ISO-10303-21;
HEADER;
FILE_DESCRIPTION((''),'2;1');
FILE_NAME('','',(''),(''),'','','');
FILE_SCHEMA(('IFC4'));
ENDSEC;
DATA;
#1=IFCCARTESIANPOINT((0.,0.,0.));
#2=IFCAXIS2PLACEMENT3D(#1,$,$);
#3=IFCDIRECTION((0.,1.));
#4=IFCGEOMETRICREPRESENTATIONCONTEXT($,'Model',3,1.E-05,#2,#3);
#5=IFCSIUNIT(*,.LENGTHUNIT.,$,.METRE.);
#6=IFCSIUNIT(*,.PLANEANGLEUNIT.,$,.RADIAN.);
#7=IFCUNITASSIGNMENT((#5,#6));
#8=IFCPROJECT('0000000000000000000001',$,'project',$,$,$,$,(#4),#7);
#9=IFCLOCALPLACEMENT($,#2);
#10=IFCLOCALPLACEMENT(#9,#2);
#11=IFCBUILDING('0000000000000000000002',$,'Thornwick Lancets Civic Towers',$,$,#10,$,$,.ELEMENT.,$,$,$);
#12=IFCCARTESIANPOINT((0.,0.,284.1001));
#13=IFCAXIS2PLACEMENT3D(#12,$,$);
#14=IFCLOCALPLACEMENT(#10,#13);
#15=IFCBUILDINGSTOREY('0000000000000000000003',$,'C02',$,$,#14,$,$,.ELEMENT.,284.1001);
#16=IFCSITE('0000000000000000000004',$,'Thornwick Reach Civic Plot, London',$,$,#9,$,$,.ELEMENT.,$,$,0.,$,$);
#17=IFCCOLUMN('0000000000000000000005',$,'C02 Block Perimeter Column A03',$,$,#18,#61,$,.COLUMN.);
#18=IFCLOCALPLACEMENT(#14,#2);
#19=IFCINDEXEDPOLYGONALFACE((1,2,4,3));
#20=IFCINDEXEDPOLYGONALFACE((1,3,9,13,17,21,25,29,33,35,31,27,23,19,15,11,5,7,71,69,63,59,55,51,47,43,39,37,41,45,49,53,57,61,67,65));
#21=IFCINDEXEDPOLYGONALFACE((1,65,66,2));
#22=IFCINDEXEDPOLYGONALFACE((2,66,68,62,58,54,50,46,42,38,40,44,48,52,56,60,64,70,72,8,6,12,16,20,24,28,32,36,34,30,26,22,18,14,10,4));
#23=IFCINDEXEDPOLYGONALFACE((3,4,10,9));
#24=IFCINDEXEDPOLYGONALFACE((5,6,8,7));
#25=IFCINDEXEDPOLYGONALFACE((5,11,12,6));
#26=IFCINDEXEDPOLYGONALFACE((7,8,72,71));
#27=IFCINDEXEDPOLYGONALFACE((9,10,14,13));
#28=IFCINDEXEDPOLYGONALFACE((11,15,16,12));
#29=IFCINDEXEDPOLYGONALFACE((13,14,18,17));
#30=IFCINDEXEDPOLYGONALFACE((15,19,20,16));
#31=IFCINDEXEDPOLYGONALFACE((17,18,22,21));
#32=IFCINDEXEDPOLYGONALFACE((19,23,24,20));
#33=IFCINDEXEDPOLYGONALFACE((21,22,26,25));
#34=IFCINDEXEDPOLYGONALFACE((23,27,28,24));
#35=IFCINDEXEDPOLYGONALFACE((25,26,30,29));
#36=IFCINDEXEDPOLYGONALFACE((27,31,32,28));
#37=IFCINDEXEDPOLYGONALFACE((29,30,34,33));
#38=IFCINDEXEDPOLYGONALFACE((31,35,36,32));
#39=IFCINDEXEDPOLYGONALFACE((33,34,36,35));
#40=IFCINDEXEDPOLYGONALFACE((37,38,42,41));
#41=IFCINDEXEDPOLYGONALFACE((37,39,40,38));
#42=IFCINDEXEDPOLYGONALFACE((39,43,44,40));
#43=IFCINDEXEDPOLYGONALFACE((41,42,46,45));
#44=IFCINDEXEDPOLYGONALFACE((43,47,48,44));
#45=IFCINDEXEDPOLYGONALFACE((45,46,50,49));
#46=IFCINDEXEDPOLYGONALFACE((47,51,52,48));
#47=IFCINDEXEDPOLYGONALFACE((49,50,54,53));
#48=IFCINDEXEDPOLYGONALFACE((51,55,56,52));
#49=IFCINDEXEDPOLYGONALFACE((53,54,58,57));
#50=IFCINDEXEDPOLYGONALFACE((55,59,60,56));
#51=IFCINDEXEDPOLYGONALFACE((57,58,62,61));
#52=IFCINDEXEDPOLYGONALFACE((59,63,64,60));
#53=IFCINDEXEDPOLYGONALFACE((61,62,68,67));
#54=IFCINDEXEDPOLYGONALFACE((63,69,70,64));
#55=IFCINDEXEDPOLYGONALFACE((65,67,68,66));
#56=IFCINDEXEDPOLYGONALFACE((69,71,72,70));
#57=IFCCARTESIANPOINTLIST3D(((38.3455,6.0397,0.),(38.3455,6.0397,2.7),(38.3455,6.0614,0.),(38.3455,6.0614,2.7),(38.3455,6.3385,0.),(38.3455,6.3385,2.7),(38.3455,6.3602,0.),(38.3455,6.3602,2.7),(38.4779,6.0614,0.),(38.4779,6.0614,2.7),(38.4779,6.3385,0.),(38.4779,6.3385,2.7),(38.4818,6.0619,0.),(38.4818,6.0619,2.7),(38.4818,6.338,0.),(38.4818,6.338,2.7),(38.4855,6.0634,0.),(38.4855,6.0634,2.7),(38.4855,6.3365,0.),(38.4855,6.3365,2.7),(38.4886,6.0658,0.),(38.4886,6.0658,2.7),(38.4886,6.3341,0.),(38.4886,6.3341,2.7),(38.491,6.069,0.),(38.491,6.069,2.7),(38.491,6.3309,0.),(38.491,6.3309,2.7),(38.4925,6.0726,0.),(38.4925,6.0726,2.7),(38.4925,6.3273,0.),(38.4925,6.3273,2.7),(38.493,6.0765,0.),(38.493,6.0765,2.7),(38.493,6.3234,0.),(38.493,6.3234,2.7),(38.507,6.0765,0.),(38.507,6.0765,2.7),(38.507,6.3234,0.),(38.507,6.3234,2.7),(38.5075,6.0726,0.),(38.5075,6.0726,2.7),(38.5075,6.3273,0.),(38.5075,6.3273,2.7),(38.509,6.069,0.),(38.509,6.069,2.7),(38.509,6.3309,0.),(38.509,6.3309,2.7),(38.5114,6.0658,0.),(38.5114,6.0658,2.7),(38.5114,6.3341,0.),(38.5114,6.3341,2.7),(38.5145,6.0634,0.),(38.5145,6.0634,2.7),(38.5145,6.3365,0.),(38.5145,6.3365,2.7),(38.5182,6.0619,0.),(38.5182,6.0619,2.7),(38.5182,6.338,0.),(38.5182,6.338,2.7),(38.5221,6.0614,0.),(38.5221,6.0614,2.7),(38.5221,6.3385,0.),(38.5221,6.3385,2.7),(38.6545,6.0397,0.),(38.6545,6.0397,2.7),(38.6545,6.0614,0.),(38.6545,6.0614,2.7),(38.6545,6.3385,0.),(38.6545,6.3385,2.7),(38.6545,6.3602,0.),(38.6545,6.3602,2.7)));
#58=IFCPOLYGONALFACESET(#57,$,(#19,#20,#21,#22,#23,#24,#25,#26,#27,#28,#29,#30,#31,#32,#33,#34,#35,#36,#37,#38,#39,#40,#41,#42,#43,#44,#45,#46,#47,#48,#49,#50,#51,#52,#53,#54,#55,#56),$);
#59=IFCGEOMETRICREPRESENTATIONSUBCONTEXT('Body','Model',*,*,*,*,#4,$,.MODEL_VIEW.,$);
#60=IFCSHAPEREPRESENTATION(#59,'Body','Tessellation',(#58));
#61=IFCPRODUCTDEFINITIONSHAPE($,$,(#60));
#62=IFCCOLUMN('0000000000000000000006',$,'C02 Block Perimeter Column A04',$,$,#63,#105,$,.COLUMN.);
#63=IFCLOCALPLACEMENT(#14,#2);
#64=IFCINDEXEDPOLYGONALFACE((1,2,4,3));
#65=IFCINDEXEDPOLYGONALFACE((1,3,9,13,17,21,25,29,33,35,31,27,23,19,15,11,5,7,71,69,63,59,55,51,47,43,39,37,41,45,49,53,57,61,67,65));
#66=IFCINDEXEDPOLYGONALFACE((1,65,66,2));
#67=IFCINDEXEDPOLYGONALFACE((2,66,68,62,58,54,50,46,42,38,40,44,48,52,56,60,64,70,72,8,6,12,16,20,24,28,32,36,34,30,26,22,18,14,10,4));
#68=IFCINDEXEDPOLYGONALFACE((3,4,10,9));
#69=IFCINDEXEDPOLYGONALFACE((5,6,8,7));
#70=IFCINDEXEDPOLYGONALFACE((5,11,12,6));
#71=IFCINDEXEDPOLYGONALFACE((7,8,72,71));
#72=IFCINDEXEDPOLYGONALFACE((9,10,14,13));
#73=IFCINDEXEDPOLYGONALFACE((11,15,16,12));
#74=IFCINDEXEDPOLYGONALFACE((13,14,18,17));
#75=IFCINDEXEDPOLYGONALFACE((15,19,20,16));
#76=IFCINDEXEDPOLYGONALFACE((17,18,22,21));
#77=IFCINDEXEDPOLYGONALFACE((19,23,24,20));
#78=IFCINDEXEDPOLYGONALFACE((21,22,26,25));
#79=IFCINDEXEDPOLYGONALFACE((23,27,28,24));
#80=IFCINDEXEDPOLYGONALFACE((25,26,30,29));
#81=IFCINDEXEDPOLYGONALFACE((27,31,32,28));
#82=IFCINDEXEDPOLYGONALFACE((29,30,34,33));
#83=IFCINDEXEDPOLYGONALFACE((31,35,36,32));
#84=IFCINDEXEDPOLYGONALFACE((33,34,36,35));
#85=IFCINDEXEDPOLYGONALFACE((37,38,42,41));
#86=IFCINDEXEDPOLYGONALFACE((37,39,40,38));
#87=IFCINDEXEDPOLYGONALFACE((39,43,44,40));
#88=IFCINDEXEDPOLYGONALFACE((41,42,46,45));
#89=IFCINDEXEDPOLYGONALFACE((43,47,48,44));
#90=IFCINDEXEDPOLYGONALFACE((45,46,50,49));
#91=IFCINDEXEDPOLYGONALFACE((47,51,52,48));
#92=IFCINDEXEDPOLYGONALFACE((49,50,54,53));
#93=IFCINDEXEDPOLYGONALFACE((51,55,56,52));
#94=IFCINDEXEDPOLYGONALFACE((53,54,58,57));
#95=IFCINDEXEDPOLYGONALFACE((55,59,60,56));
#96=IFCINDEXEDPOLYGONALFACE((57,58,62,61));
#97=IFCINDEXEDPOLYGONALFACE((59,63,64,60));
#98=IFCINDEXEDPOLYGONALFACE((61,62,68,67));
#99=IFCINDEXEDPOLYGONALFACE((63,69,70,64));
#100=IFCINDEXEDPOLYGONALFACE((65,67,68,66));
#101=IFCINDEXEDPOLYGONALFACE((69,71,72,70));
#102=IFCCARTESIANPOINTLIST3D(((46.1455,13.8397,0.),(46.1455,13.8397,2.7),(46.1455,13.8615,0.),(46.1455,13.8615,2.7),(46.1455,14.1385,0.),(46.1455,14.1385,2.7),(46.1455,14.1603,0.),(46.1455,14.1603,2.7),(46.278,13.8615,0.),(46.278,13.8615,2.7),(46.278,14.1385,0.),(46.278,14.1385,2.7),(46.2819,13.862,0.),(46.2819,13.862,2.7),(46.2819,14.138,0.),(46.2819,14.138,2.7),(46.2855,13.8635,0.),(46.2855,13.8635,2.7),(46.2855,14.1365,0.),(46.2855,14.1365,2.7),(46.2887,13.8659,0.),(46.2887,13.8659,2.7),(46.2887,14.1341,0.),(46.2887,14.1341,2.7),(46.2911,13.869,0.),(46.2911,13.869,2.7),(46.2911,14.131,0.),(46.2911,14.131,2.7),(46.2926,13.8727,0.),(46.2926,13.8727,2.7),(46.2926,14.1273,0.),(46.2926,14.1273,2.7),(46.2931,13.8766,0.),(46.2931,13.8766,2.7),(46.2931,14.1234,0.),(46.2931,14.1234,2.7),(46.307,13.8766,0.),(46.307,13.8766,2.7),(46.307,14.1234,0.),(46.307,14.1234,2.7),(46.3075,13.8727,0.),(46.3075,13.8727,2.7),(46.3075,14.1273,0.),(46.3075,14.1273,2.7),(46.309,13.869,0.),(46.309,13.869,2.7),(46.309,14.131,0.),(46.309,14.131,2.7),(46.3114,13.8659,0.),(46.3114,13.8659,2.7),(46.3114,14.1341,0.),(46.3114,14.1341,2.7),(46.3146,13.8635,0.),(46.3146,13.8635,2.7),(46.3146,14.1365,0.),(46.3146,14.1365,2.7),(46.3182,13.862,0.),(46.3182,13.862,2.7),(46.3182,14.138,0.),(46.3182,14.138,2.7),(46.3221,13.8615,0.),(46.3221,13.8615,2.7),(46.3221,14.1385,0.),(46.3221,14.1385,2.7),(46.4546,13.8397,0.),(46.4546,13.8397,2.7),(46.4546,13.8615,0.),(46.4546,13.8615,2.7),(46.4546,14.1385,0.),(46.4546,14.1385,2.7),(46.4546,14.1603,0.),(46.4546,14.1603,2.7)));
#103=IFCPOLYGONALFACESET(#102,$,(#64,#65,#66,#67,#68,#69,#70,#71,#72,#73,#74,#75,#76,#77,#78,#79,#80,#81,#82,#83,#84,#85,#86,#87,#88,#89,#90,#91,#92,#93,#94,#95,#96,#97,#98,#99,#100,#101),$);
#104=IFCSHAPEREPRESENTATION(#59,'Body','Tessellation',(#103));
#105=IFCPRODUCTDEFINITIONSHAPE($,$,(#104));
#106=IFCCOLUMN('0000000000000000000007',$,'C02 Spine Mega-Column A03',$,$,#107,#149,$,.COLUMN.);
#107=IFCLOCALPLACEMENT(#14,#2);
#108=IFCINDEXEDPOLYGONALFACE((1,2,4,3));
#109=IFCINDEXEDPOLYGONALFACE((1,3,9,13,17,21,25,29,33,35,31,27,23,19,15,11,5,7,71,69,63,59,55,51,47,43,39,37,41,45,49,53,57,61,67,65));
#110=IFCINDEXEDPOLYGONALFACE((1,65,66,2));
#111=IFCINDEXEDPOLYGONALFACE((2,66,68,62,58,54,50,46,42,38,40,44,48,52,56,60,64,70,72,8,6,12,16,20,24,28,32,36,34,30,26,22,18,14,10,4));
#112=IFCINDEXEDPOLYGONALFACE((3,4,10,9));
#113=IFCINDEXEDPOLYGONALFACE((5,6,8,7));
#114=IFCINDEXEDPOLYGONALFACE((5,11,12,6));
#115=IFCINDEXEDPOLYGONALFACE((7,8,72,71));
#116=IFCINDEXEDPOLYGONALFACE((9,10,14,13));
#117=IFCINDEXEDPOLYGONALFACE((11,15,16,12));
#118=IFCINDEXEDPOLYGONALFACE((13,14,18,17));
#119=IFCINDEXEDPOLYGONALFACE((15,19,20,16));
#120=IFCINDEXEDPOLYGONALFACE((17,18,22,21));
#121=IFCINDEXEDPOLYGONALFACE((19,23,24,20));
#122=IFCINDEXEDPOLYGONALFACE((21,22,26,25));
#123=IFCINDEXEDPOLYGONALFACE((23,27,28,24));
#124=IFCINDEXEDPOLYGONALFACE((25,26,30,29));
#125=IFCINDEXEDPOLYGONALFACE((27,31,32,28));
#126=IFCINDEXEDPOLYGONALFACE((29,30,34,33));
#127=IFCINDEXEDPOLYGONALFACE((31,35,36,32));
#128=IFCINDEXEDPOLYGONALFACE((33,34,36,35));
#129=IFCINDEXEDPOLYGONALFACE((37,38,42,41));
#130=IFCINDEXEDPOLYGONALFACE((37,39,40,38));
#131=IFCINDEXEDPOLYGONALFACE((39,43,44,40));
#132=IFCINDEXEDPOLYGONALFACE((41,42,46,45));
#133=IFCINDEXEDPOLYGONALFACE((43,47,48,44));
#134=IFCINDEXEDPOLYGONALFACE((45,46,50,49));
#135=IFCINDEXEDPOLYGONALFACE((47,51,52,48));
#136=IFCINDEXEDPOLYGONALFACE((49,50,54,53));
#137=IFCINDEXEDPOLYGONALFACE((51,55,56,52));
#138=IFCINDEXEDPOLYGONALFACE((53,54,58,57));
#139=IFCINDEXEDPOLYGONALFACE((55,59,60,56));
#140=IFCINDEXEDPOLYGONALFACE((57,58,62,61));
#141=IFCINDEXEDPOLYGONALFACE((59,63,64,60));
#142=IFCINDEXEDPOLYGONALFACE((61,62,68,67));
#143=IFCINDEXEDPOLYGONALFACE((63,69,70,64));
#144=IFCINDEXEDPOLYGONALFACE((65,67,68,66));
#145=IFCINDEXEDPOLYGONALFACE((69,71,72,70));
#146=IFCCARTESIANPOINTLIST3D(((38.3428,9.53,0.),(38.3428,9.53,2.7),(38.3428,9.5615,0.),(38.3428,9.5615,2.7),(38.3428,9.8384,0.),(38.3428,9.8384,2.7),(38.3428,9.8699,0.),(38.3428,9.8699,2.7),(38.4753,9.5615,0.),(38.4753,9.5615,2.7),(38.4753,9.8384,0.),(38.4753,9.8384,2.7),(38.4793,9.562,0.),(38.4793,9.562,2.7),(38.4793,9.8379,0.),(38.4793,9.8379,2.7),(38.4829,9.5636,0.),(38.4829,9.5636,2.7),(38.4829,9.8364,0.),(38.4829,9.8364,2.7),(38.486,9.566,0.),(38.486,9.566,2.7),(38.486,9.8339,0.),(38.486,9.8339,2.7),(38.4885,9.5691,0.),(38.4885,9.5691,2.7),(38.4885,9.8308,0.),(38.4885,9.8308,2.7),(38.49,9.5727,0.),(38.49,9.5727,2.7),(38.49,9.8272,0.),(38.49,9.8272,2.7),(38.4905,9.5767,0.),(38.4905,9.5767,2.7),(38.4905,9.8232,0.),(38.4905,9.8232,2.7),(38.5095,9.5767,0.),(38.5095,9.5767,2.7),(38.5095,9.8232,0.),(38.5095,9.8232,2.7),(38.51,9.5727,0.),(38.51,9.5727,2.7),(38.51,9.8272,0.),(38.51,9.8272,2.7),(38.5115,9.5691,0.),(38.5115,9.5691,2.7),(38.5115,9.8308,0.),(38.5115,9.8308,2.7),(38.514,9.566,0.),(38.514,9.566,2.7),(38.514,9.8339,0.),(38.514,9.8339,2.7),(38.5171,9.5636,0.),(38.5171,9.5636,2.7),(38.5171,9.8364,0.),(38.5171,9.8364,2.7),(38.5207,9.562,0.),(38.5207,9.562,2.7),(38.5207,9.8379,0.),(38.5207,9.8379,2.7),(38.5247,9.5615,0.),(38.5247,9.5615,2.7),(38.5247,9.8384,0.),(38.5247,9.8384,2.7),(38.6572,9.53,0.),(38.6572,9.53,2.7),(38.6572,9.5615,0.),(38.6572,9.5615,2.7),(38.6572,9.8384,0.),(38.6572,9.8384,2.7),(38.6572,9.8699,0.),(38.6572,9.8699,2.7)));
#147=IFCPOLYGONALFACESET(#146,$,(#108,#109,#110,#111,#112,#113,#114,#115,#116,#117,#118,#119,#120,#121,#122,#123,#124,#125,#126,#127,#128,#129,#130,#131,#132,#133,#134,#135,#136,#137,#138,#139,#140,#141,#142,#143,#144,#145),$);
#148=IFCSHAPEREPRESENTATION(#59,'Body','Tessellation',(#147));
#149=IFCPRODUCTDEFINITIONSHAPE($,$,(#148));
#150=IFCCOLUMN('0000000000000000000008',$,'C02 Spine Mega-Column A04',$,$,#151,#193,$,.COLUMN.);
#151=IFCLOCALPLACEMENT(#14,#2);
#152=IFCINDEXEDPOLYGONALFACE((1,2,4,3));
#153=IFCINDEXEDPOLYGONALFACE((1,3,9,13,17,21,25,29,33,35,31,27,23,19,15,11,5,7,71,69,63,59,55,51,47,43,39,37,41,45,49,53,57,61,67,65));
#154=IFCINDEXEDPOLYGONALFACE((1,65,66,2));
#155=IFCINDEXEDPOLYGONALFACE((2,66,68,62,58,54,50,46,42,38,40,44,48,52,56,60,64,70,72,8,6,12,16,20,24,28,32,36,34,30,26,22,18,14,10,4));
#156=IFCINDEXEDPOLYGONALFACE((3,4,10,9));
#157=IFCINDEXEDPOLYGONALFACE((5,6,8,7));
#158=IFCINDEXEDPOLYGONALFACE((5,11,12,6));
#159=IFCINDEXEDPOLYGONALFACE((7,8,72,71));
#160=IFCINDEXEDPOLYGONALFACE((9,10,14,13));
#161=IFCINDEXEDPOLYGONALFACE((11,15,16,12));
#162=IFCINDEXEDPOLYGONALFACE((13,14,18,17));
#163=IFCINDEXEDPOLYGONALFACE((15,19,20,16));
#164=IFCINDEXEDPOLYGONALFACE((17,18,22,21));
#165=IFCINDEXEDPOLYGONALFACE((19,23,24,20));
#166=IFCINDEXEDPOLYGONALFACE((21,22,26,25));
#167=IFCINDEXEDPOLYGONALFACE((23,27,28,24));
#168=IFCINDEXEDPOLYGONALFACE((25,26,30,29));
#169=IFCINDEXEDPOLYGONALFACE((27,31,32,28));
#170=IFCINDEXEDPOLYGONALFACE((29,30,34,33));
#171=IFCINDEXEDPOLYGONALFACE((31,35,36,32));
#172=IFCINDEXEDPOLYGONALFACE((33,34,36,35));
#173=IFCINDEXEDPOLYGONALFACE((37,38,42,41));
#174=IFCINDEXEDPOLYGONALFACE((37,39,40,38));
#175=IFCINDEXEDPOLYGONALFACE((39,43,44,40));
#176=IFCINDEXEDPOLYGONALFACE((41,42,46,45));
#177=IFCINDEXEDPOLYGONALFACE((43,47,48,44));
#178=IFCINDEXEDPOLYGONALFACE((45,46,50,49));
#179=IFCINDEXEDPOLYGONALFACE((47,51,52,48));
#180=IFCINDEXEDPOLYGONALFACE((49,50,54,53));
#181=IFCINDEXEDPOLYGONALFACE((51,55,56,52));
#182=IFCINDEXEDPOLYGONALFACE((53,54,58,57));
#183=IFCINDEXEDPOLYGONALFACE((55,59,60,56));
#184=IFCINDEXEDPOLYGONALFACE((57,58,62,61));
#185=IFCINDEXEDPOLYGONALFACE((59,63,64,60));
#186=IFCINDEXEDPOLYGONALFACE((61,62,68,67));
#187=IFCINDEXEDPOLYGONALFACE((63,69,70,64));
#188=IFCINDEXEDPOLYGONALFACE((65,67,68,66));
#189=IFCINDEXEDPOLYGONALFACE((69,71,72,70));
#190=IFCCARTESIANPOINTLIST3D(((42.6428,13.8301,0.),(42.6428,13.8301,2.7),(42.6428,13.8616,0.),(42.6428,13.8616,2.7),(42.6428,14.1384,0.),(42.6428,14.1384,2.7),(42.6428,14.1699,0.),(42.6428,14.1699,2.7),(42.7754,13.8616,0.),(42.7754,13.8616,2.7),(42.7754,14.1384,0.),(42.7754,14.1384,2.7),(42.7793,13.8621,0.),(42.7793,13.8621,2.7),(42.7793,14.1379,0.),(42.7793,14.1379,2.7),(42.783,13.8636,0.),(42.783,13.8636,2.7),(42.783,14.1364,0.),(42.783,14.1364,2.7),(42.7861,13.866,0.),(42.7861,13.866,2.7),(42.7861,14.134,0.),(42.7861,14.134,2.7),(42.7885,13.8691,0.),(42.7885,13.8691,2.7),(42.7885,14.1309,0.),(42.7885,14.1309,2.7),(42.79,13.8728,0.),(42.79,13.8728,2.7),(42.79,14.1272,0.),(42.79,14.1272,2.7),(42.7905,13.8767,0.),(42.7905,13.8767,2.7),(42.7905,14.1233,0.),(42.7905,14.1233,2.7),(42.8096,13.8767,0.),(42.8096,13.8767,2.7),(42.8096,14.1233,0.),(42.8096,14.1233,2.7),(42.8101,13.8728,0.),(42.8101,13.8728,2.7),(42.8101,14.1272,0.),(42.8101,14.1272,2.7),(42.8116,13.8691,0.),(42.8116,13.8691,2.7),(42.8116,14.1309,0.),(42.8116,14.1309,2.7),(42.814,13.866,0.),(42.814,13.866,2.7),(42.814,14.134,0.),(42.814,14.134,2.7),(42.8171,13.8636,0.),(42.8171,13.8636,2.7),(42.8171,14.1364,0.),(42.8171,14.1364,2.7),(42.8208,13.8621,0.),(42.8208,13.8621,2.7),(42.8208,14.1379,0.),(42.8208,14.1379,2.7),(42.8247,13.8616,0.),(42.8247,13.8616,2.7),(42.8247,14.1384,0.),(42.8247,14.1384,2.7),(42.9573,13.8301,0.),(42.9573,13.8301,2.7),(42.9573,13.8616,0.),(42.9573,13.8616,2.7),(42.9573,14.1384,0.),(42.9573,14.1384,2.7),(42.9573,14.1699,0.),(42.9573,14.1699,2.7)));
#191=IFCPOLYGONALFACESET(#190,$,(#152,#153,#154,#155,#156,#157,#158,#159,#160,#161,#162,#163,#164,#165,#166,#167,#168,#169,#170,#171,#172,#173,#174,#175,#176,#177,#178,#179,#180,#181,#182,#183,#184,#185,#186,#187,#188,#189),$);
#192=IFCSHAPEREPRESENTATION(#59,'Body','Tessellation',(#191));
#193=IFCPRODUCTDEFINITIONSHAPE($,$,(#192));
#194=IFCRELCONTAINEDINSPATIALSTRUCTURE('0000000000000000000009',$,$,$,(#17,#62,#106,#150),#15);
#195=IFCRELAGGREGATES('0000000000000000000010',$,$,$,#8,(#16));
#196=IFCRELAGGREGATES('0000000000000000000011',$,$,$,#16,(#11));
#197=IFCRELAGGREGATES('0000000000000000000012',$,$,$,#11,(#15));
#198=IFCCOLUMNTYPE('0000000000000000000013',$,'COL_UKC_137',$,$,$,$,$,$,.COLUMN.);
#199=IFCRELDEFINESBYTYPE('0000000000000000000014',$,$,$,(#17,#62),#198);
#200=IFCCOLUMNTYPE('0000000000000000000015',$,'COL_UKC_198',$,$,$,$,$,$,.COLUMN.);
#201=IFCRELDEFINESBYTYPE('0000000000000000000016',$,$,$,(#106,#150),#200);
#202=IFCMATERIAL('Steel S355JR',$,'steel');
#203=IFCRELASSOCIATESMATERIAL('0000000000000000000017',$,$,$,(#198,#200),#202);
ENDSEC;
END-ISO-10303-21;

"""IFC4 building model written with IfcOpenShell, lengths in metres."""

from ifc_helpers import new_model, si_unit, direction, frame, origin, origin_2d, place, context, subcontext, project, spatial, i_section, extrude, material, material_profile, profile_set, type_object, element, save


model = new_model("IFC4")

# Units and contexts
model_context = context("Model", 3, precision=1e-05, world=origin(), true_north=direction((0.0, 1.0)))
body_context = subcontext(model_context, "Body", "Model", "MODEL_VIEW")
ifc_project = project(units=[si_unit("LENGTHUNIT", "METRE"), si_unit("PLANEANGLEUNIT", "RADIAN")], contexts=[model_context])

# Site, building, storey
site_placement = place(None, origin())
site = spatial("IfcSite", under=ifc_project, at=site_placement, Name="Thornwick Reach Civic Plot, London", CompositionType="ELEMENT", RefElevation=0.0)
building_placement = place(site_placement, origin())
building = spatial("IfcBuilding", under=site, at=building_placement, Name="Thornwick Lancets Civic Towers", CompositionType="ELEMENT")
storey_placement = place(building_placement, frame((0.0, 0.0, 284.1001)))
storey = spatial("IfcBuildingStorey", under=building, at=storey_placement, Name="C02", CompositionType="ELEMENT", Elevation=284.1001)

# Columns
ifc_material_1 = material(Name="Steel S355JR", Category="steel")
ifc_material_profile_1 = material_profile(ifc_material_1, i_section(OverallWidth=0.3091, OverallDepth=0.3206, WebThickness=0.0139, FlangeThickness=0.0217, FilletRadius=0.0151, at=origin_2d()), Name="UKC 305x305x137")
ifc_profile_set_1 = profile_set([ifc_material_profile_1], Name="Steel S355JR")
column_type_1 = type_object("IfcColumnType", Name="COL_UKC_137", PredefinedType="COLUMN", material=ifc_profile_set_1)
for number, where, z_axis, x_axis, name in (
    (1, (38.5, 6.2, 0.0), (0.0, 0.0, 1.0), (1.0, 0.0, 0.0), "C02 Block Perimeter Column A03"),
    (2, (46.3, 14.0, 0.0), (0.0, 0.0, 1.0), (1.0, 0.0, 0.0), "C02 Block Perimeter Column A04"),
):
    element("IfcColumn", number, at=place(storey_placement, frame(where, z_axis=z_axis, x_axis=x_axis)), inside=storey, type_object=column_type_1, Name=name, PredefinedType="COLUMN", context=body_context, shape_type="SweptSolid", body=[
        extrude(i_section(OverallWidth=0.3091, OverallDepth=0.3206, WebThickness=0.0139, FlangeThickness=0.0217, FilletRadius=0.0151, at=origin_2d()), origin(), (0.0, 0.0, 1.0), 2.7),
    ])
ifc_material_profile_2 = material_profile(ifc_material_1, i_section(OverallWidth=0.3145, OverallDepth=0.3398, WebThickness=0.019, FlangeThickness=0.0315, FilletRadius=0.0151, at=origin_2d()), Name="UKC 305x305x198")
ifc_profile_set_2 = profile_set([ifc_material_profile_2], Name="Steel S355JR")
column_type_2 = type_object("IfcColumnType", Name="COL_UKC_198", PredefinedType="COLUMN", material=ifc_profile_set_2)
for number, where, z_axis, x_axis, name in (
    (3, (38.5, 9.7, 0.0), (0.0, 0.0, 1.0), (1.0, 0.0, 0.0), "C02 Spine Mega-Column A03"),
    (4, (42.8, 14.0, 0.0), (0.0, 0.0, 1.0), (1.0, 0.0, 0.0), "C02 Spine Mega-Column A04"),
):
    element("IfcColumn", number, at=place(storey_placement, frame(where, z_axis=z_axis, x_axis=x_axis)), inside=storey, type_object=column_type_2, Name=name, PredefinedType="COLUMN", context=body_context, shape_type="SweptSolid", body=[
        extrude(i_section(OverallWidth=0.3145, OverallDepth=0.3398, WebThickness=0.019, FlangeThickness=0.0315, FilletRadius=0.0151, at=origin_2d()), origin(), (0.0, 0.0, 1.0), 2.7),
    ])

save(model, "model.ifc")
